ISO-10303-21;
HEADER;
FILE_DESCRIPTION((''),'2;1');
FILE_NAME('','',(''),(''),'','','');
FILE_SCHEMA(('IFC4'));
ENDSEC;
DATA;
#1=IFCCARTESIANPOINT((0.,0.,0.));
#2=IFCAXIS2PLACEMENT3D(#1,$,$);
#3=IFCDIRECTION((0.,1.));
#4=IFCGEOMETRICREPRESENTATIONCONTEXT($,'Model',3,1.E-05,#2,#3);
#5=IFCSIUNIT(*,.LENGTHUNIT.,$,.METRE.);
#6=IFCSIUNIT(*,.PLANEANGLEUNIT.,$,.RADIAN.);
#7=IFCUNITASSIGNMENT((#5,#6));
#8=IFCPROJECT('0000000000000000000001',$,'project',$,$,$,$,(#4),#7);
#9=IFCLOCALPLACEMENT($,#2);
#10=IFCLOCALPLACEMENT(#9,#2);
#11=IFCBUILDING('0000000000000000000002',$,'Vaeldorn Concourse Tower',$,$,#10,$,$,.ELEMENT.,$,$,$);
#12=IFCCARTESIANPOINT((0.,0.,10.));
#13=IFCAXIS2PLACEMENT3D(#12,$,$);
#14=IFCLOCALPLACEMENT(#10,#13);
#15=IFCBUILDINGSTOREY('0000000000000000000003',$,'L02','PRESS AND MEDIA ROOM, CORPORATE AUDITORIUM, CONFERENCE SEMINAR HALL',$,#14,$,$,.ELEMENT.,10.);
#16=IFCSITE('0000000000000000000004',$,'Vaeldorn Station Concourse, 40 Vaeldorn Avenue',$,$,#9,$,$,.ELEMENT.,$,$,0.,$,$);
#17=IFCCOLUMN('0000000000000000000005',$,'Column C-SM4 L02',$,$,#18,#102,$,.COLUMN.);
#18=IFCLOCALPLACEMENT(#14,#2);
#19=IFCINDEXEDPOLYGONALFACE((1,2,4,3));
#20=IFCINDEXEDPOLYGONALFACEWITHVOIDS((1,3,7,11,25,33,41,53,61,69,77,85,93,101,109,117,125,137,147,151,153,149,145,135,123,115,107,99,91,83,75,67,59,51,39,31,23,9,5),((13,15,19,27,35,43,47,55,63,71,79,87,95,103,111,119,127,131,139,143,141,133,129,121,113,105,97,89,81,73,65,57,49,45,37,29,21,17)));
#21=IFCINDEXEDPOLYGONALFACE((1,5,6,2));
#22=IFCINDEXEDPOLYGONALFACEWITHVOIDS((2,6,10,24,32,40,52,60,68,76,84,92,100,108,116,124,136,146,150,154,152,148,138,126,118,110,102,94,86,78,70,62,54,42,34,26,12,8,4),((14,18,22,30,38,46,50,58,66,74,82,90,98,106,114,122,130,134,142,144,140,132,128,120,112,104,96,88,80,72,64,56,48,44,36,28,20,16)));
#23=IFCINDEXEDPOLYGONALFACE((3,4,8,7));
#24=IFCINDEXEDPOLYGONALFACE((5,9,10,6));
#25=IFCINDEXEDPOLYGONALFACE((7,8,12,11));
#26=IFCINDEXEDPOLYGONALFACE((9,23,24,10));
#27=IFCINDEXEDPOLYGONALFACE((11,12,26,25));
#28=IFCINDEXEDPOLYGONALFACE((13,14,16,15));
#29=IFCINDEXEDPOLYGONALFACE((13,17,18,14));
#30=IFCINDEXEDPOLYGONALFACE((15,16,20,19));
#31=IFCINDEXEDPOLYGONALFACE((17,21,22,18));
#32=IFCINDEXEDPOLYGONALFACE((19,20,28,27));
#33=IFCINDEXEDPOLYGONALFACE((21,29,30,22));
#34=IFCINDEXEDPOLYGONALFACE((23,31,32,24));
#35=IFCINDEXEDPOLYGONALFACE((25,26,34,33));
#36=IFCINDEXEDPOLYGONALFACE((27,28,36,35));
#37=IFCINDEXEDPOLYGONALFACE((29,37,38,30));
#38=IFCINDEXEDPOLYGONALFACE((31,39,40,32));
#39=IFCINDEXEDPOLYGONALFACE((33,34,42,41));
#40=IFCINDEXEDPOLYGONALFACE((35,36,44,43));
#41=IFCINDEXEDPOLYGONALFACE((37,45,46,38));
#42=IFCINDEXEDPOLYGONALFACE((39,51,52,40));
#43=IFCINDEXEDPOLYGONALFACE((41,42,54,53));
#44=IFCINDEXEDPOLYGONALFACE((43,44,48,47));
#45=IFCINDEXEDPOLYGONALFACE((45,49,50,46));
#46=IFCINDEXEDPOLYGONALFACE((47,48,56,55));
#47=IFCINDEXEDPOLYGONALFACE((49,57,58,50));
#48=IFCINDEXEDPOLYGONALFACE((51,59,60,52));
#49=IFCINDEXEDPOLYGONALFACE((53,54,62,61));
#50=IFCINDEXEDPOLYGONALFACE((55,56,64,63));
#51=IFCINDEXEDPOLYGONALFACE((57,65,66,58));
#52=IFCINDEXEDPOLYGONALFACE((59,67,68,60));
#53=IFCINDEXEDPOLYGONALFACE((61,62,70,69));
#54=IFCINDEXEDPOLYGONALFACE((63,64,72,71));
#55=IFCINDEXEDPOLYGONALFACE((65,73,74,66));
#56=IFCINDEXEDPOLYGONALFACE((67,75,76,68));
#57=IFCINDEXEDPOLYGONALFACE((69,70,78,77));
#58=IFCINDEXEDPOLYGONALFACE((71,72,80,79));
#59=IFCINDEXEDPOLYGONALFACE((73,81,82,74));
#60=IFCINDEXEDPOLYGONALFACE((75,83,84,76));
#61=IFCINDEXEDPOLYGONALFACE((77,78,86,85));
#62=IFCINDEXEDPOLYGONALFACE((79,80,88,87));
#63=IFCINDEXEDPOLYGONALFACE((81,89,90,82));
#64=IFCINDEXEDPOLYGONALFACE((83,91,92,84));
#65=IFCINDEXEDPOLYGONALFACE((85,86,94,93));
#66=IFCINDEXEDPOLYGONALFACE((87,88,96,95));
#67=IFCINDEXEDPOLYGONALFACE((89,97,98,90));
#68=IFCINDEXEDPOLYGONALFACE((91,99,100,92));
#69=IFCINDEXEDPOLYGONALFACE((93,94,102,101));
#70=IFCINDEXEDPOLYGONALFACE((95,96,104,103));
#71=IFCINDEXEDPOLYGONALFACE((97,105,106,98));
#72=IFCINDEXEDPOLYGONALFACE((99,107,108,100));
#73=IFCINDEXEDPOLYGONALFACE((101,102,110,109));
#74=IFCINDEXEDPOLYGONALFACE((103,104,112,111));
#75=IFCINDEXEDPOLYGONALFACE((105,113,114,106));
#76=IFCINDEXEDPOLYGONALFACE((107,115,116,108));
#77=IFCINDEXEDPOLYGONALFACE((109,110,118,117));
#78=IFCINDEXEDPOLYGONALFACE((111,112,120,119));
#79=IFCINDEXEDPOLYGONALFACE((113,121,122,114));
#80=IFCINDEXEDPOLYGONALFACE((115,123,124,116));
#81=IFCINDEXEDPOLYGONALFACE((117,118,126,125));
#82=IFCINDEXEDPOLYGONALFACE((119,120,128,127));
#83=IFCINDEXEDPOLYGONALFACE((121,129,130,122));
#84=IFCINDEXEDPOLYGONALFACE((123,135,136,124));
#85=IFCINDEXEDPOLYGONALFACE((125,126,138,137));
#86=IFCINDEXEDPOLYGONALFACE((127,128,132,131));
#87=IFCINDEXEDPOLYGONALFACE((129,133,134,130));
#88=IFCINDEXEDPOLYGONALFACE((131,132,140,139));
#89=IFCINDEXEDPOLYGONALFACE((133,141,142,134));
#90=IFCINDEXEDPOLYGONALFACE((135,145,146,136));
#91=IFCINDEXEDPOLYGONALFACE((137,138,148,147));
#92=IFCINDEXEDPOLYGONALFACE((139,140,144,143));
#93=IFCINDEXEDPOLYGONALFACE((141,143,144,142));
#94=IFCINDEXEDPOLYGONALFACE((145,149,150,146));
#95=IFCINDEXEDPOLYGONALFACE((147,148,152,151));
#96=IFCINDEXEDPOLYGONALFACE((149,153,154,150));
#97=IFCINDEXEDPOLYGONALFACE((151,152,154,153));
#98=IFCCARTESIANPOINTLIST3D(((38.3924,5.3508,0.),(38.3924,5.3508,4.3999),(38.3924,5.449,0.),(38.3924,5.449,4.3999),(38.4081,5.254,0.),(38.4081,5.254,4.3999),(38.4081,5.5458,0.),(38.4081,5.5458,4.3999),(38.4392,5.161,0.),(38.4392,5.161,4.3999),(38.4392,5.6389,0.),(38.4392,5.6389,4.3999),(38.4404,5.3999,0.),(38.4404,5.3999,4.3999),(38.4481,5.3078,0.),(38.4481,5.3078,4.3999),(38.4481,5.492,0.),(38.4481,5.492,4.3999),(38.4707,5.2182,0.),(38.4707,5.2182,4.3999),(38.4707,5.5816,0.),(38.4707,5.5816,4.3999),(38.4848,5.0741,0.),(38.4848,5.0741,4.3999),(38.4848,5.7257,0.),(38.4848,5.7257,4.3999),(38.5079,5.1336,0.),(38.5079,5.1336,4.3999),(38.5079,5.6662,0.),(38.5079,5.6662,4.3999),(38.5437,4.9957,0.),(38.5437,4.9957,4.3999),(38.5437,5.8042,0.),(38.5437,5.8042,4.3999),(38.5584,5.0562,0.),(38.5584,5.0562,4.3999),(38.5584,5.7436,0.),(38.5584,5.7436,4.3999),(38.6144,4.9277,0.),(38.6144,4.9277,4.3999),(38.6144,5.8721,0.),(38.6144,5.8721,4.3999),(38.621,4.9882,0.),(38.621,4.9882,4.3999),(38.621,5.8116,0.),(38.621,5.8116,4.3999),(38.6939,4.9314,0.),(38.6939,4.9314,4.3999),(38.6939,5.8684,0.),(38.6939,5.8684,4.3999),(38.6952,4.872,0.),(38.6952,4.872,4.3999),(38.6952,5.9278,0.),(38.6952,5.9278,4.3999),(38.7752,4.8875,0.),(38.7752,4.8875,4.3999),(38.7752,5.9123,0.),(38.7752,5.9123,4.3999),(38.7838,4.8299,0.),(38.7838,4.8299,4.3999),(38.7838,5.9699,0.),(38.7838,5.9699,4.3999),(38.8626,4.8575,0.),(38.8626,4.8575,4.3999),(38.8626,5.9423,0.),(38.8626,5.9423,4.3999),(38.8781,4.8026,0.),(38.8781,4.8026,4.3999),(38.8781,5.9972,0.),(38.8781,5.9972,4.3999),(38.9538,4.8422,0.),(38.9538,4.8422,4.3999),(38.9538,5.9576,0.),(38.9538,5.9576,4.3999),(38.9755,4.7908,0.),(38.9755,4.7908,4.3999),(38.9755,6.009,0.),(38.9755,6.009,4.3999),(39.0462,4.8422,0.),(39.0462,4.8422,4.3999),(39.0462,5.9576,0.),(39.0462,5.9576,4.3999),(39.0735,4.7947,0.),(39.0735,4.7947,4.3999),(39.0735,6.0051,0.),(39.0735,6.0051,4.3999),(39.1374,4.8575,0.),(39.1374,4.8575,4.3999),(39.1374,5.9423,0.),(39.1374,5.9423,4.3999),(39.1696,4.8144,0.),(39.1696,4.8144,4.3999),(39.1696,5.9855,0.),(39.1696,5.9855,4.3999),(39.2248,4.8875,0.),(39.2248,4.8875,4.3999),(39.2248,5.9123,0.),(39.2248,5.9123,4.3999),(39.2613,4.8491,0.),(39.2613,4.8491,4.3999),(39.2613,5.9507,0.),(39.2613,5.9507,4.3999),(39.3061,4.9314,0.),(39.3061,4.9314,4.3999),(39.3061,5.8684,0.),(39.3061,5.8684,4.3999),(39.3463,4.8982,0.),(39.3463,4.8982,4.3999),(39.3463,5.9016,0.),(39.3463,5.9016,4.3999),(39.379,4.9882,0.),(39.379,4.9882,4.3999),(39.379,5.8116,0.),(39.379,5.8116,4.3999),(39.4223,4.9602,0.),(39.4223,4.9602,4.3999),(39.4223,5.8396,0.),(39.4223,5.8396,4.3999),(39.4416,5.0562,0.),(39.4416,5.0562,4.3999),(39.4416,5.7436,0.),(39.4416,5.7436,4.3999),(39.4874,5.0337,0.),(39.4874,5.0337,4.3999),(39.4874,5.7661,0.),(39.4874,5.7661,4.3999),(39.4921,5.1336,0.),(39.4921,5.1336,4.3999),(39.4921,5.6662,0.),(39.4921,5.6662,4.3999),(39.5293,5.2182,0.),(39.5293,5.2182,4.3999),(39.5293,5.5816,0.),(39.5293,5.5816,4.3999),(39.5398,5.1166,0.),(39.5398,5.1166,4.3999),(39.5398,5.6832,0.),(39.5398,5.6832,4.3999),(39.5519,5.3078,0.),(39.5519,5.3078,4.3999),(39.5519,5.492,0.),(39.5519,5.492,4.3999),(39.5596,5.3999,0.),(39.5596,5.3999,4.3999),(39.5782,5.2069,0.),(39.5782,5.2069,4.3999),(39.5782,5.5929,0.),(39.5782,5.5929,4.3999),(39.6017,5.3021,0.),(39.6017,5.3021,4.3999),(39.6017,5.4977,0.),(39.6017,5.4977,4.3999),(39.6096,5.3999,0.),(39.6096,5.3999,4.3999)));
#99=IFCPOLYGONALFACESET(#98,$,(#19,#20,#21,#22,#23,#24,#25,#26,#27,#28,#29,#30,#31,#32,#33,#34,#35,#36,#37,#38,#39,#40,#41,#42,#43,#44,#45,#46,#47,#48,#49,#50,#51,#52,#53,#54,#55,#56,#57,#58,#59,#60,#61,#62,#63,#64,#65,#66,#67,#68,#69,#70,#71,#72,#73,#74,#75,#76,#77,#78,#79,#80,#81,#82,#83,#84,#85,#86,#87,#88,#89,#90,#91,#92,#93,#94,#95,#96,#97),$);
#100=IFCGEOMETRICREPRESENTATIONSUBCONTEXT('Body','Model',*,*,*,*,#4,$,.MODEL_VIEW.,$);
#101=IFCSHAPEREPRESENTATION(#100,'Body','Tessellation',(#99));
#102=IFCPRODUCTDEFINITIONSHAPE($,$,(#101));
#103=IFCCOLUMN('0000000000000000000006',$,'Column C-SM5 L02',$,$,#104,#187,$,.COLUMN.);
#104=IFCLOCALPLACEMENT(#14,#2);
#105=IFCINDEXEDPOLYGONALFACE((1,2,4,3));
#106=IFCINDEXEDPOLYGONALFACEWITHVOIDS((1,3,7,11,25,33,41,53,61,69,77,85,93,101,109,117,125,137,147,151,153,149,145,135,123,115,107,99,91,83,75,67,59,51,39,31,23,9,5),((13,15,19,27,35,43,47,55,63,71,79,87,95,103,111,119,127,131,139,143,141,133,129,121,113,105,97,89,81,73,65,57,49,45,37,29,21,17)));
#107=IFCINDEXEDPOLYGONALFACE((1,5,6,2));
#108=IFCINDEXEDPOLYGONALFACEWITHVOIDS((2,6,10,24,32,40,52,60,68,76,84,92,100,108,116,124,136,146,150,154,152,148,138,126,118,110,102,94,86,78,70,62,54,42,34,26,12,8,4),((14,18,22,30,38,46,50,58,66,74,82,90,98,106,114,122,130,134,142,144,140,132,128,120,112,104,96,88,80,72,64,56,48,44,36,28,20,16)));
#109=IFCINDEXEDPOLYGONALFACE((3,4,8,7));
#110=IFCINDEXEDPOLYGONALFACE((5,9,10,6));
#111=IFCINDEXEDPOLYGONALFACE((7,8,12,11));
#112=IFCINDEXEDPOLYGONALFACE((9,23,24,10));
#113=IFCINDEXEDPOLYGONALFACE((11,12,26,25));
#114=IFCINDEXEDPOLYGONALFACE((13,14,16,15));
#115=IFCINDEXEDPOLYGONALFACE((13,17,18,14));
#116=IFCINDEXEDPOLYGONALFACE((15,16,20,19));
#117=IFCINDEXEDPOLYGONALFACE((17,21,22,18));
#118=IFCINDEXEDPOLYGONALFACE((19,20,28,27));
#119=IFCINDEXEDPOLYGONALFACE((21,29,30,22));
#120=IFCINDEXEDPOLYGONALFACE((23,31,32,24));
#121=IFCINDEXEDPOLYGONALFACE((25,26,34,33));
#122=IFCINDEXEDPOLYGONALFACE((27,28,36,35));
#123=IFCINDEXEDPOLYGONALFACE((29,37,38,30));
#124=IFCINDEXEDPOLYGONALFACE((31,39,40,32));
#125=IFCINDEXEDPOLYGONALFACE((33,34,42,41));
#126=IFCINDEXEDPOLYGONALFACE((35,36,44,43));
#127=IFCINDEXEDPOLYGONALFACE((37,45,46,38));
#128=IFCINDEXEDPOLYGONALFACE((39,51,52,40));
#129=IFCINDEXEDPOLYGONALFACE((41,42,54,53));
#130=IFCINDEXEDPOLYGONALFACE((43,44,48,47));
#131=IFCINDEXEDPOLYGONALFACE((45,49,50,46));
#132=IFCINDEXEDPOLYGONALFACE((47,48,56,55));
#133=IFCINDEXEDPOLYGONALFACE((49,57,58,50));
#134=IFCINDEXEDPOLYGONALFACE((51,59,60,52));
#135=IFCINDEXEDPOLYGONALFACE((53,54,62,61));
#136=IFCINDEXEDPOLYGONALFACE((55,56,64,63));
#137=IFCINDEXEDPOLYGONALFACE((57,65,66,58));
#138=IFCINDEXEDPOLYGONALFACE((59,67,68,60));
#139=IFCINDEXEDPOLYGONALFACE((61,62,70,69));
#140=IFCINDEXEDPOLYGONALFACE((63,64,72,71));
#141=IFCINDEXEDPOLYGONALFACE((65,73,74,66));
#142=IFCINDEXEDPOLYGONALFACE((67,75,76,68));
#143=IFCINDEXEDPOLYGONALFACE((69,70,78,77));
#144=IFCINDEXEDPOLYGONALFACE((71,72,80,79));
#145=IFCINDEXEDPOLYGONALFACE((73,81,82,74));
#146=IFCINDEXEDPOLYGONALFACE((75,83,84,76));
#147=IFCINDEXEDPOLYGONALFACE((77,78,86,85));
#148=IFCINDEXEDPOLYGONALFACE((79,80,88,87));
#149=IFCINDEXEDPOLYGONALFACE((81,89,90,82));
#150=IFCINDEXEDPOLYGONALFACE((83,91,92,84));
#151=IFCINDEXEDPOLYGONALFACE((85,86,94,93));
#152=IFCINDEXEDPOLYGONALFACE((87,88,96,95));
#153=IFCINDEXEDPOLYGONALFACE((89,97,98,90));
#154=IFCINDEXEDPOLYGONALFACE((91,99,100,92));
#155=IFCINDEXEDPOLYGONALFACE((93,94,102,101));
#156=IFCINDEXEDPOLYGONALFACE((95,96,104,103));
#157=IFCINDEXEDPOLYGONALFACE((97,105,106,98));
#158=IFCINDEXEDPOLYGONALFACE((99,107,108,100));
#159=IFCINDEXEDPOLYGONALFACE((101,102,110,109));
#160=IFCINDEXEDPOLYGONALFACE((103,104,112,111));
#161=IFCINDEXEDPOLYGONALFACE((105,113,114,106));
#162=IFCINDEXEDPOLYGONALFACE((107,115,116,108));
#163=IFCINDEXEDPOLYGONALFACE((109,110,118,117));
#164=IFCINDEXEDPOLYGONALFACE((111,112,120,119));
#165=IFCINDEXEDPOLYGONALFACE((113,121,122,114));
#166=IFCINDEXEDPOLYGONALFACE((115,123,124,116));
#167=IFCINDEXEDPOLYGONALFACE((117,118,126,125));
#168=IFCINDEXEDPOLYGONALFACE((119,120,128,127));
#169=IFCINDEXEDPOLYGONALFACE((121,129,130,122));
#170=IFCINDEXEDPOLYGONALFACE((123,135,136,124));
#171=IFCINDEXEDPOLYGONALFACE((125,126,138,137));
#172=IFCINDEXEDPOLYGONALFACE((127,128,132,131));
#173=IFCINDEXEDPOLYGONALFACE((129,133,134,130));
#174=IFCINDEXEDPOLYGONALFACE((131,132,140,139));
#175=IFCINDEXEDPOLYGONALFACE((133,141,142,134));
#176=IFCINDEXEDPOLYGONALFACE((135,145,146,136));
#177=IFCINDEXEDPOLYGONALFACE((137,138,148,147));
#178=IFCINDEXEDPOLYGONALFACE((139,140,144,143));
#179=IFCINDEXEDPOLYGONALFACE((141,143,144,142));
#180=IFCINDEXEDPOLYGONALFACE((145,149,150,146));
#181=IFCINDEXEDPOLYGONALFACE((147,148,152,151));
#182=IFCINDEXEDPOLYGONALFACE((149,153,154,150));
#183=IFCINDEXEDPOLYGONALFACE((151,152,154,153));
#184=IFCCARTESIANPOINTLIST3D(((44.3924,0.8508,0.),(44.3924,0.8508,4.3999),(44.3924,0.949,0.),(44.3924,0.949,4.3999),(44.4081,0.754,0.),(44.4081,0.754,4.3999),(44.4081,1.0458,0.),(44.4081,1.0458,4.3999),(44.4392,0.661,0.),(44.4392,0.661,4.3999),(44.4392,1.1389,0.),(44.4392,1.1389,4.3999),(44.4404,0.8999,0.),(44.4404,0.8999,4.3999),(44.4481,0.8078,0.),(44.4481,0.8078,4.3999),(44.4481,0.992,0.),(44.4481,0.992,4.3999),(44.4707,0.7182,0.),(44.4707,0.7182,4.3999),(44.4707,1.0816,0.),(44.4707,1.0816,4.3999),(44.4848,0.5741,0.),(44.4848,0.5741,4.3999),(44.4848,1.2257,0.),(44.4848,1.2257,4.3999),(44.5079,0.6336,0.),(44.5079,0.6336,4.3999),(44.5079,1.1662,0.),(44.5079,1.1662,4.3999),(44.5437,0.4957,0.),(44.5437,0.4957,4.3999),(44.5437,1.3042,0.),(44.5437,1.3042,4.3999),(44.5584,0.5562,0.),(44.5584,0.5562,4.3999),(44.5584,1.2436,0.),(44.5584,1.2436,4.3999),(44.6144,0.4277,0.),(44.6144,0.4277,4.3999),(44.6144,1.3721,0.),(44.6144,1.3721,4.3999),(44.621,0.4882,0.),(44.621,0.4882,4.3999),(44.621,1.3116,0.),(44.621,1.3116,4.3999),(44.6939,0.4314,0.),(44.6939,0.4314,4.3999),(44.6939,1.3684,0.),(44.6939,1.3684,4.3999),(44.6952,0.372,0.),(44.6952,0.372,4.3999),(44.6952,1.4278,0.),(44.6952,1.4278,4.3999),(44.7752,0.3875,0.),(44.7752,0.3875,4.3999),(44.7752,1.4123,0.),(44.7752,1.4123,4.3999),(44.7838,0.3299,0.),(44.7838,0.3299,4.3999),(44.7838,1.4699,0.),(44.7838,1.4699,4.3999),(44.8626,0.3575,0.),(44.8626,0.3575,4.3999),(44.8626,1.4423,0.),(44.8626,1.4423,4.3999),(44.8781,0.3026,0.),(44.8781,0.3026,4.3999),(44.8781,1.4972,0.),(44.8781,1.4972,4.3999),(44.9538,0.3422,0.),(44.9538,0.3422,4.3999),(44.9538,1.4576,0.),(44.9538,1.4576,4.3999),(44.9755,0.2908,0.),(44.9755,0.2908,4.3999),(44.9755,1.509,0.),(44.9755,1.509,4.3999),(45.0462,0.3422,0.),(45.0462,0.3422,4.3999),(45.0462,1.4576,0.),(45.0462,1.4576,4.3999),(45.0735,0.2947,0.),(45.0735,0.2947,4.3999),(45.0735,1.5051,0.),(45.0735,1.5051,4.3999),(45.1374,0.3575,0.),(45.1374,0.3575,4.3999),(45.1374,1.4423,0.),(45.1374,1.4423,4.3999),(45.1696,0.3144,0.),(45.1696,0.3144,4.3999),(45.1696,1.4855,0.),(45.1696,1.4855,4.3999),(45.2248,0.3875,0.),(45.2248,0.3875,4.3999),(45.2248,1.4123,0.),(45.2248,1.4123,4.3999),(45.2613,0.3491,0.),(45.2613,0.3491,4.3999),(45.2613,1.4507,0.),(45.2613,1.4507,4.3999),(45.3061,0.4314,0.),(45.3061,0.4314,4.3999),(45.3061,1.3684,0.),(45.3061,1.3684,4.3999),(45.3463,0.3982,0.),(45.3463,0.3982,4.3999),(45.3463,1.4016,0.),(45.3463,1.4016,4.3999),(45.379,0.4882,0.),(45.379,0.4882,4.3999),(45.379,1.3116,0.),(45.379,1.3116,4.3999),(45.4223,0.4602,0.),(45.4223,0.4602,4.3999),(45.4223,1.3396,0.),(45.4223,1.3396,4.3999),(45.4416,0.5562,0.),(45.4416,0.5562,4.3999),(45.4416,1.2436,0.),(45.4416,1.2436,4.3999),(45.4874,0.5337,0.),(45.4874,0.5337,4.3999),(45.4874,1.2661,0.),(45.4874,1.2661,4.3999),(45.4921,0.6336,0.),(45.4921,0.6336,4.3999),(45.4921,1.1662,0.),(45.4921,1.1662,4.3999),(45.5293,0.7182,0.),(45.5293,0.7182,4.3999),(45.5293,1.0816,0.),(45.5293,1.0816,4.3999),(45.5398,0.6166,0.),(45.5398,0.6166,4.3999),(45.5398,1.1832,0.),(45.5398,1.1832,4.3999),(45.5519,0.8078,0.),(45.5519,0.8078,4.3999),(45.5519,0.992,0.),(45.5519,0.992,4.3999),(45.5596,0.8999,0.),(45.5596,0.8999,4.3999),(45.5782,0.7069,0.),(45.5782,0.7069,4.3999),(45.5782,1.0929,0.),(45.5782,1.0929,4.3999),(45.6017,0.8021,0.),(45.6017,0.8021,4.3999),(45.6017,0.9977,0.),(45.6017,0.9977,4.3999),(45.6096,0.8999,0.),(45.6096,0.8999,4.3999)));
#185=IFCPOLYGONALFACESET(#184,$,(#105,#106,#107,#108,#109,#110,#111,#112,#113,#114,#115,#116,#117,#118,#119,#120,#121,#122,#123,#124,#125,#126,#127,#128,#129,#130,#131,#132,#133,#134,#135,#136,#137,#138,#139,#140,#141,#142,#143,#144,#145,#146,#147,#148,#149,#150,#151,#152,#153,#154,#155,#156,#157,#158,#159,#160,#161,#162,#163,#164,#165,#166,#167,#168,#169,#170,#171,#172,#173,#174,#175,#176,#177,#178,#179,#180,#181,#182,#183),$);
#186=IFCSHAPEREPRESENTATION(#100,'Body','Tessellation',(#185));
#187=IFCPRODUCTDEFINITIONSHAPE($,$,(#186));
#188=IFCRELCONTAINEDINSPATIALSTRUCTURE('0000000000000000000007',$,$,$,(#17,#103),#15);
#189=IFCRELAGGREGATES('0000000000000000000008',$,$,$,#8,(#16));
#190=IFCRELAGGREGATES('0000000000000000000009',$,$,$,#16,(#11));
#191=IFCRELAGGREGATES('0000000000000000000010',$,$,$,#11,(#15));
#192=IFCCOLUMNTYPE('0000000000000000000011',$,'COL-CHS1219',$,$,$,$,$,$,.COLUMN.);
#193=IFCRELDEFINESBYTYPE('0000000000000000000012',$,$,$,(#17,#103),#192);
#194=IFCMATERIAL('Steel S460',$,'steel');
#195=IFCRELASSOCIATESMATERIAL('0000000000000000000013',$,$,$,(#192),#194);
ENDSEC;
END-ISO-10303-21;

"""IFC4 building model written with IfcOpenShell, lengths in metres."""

from ifc_helpers import new_model, si_unit, direction, frame, origin, origin_2d, place, context, subcontext, project, spatial, hollow_circle, extrude, source, transform, mapped, material, material_profile, profile_set, type_object, element, save


model = new_model("IFC4")

# Units and contexts
model_context = context("Model", 3, precision=1e-05, world=origin(), true_north=direction((0.0, 1.0)))
body_context = subcontext(model_context, "Body", "Model", "MODEL_VIEW")
ifc_project = project(units=[si_unit("LENGTHUNIT", "METRE"), si_unit("PLANEANGLEUNIT", "RADIAN")], contexts=[model_context])

# Site, building, storey
site_placement = place(None, origin())
site = spatial("IfcSite", under=ifc_project, at=site_placement, Name="Vaeldorn Station Concourse, 40 Vaeldorn Avenue", CompositionType="ELEMENT", RefElevation=0.0)
building_placement = place(site_placement, origin())
building = spatial("IfcBuilding", under=site, at=building_placement, Name="Vaeldorn Concourse Tower", CompositionType="ELEMENT")
storey_placement = place(building_placement, frame((0.0, 0.0, 10.0)))
storey = spatial("IfcBuildingStorey", under=building, at=storey_placement, Name="L02", Description="PRESS AND MEDIA ROOM, CORPORATE AUDITORIUM, CONFERENCE SEMINAR HALL", CompositionType="ELEMENT", Elevation=10.0)

# Columns
ifc_material_1 = material(Name="Steel S460", Category="steel")
ifc_material_profile_1 = material_profile(ifc_material_1, hollow_circle(Radius=0.6096, WallThickness=0.05, at=origin_2d()), Name="CHS 1219x50")
ifc_profile_set_1 = profile_set([ifc_material_profile_1], Name="Steel S460")
column_type = type_object("IfcColumnType", Name="COL-CHS1219", PredefinedType="COLUMN", material=ifc_profile_set_1)
shared_shape_1 = source(origin(), body_context, "Body", "SweptSolid", [
    extrude(hollow_circle(Radius=0.6096, WallThickness=0.05, at=origin_2d()), origin(), (0.0, 0.0, 1.0), 4.3999),
])
for number, where, z_axis, x_axis, name in (
    (1, (39.0, 5.3999, 0.0), (0.0, 0.0, 1.0), (1.0, 0.0, 0.0), "Column C-SM4 L02"),
    (2, (45.0, 0.8999, 0.0), (0.0, 0.0, 1.0), (1.0, 0.0, 0.0), "Column C-SM5 L02"),
):
    element("IfcColumn", number, at=place(storey_placement, frame(where, z_axis=z_axis, x_axis=x_axis)), inside=storey, type_object=column_type, Name=name, PredefinedType="COLUMN", context=body_context, shape_type="MappedRepresentation", body=[
        mapped(shared_shape_1, transform((0.0, 0.0, 0.0), scale=1.0)),
    ])

save(model, "model.ifc")
